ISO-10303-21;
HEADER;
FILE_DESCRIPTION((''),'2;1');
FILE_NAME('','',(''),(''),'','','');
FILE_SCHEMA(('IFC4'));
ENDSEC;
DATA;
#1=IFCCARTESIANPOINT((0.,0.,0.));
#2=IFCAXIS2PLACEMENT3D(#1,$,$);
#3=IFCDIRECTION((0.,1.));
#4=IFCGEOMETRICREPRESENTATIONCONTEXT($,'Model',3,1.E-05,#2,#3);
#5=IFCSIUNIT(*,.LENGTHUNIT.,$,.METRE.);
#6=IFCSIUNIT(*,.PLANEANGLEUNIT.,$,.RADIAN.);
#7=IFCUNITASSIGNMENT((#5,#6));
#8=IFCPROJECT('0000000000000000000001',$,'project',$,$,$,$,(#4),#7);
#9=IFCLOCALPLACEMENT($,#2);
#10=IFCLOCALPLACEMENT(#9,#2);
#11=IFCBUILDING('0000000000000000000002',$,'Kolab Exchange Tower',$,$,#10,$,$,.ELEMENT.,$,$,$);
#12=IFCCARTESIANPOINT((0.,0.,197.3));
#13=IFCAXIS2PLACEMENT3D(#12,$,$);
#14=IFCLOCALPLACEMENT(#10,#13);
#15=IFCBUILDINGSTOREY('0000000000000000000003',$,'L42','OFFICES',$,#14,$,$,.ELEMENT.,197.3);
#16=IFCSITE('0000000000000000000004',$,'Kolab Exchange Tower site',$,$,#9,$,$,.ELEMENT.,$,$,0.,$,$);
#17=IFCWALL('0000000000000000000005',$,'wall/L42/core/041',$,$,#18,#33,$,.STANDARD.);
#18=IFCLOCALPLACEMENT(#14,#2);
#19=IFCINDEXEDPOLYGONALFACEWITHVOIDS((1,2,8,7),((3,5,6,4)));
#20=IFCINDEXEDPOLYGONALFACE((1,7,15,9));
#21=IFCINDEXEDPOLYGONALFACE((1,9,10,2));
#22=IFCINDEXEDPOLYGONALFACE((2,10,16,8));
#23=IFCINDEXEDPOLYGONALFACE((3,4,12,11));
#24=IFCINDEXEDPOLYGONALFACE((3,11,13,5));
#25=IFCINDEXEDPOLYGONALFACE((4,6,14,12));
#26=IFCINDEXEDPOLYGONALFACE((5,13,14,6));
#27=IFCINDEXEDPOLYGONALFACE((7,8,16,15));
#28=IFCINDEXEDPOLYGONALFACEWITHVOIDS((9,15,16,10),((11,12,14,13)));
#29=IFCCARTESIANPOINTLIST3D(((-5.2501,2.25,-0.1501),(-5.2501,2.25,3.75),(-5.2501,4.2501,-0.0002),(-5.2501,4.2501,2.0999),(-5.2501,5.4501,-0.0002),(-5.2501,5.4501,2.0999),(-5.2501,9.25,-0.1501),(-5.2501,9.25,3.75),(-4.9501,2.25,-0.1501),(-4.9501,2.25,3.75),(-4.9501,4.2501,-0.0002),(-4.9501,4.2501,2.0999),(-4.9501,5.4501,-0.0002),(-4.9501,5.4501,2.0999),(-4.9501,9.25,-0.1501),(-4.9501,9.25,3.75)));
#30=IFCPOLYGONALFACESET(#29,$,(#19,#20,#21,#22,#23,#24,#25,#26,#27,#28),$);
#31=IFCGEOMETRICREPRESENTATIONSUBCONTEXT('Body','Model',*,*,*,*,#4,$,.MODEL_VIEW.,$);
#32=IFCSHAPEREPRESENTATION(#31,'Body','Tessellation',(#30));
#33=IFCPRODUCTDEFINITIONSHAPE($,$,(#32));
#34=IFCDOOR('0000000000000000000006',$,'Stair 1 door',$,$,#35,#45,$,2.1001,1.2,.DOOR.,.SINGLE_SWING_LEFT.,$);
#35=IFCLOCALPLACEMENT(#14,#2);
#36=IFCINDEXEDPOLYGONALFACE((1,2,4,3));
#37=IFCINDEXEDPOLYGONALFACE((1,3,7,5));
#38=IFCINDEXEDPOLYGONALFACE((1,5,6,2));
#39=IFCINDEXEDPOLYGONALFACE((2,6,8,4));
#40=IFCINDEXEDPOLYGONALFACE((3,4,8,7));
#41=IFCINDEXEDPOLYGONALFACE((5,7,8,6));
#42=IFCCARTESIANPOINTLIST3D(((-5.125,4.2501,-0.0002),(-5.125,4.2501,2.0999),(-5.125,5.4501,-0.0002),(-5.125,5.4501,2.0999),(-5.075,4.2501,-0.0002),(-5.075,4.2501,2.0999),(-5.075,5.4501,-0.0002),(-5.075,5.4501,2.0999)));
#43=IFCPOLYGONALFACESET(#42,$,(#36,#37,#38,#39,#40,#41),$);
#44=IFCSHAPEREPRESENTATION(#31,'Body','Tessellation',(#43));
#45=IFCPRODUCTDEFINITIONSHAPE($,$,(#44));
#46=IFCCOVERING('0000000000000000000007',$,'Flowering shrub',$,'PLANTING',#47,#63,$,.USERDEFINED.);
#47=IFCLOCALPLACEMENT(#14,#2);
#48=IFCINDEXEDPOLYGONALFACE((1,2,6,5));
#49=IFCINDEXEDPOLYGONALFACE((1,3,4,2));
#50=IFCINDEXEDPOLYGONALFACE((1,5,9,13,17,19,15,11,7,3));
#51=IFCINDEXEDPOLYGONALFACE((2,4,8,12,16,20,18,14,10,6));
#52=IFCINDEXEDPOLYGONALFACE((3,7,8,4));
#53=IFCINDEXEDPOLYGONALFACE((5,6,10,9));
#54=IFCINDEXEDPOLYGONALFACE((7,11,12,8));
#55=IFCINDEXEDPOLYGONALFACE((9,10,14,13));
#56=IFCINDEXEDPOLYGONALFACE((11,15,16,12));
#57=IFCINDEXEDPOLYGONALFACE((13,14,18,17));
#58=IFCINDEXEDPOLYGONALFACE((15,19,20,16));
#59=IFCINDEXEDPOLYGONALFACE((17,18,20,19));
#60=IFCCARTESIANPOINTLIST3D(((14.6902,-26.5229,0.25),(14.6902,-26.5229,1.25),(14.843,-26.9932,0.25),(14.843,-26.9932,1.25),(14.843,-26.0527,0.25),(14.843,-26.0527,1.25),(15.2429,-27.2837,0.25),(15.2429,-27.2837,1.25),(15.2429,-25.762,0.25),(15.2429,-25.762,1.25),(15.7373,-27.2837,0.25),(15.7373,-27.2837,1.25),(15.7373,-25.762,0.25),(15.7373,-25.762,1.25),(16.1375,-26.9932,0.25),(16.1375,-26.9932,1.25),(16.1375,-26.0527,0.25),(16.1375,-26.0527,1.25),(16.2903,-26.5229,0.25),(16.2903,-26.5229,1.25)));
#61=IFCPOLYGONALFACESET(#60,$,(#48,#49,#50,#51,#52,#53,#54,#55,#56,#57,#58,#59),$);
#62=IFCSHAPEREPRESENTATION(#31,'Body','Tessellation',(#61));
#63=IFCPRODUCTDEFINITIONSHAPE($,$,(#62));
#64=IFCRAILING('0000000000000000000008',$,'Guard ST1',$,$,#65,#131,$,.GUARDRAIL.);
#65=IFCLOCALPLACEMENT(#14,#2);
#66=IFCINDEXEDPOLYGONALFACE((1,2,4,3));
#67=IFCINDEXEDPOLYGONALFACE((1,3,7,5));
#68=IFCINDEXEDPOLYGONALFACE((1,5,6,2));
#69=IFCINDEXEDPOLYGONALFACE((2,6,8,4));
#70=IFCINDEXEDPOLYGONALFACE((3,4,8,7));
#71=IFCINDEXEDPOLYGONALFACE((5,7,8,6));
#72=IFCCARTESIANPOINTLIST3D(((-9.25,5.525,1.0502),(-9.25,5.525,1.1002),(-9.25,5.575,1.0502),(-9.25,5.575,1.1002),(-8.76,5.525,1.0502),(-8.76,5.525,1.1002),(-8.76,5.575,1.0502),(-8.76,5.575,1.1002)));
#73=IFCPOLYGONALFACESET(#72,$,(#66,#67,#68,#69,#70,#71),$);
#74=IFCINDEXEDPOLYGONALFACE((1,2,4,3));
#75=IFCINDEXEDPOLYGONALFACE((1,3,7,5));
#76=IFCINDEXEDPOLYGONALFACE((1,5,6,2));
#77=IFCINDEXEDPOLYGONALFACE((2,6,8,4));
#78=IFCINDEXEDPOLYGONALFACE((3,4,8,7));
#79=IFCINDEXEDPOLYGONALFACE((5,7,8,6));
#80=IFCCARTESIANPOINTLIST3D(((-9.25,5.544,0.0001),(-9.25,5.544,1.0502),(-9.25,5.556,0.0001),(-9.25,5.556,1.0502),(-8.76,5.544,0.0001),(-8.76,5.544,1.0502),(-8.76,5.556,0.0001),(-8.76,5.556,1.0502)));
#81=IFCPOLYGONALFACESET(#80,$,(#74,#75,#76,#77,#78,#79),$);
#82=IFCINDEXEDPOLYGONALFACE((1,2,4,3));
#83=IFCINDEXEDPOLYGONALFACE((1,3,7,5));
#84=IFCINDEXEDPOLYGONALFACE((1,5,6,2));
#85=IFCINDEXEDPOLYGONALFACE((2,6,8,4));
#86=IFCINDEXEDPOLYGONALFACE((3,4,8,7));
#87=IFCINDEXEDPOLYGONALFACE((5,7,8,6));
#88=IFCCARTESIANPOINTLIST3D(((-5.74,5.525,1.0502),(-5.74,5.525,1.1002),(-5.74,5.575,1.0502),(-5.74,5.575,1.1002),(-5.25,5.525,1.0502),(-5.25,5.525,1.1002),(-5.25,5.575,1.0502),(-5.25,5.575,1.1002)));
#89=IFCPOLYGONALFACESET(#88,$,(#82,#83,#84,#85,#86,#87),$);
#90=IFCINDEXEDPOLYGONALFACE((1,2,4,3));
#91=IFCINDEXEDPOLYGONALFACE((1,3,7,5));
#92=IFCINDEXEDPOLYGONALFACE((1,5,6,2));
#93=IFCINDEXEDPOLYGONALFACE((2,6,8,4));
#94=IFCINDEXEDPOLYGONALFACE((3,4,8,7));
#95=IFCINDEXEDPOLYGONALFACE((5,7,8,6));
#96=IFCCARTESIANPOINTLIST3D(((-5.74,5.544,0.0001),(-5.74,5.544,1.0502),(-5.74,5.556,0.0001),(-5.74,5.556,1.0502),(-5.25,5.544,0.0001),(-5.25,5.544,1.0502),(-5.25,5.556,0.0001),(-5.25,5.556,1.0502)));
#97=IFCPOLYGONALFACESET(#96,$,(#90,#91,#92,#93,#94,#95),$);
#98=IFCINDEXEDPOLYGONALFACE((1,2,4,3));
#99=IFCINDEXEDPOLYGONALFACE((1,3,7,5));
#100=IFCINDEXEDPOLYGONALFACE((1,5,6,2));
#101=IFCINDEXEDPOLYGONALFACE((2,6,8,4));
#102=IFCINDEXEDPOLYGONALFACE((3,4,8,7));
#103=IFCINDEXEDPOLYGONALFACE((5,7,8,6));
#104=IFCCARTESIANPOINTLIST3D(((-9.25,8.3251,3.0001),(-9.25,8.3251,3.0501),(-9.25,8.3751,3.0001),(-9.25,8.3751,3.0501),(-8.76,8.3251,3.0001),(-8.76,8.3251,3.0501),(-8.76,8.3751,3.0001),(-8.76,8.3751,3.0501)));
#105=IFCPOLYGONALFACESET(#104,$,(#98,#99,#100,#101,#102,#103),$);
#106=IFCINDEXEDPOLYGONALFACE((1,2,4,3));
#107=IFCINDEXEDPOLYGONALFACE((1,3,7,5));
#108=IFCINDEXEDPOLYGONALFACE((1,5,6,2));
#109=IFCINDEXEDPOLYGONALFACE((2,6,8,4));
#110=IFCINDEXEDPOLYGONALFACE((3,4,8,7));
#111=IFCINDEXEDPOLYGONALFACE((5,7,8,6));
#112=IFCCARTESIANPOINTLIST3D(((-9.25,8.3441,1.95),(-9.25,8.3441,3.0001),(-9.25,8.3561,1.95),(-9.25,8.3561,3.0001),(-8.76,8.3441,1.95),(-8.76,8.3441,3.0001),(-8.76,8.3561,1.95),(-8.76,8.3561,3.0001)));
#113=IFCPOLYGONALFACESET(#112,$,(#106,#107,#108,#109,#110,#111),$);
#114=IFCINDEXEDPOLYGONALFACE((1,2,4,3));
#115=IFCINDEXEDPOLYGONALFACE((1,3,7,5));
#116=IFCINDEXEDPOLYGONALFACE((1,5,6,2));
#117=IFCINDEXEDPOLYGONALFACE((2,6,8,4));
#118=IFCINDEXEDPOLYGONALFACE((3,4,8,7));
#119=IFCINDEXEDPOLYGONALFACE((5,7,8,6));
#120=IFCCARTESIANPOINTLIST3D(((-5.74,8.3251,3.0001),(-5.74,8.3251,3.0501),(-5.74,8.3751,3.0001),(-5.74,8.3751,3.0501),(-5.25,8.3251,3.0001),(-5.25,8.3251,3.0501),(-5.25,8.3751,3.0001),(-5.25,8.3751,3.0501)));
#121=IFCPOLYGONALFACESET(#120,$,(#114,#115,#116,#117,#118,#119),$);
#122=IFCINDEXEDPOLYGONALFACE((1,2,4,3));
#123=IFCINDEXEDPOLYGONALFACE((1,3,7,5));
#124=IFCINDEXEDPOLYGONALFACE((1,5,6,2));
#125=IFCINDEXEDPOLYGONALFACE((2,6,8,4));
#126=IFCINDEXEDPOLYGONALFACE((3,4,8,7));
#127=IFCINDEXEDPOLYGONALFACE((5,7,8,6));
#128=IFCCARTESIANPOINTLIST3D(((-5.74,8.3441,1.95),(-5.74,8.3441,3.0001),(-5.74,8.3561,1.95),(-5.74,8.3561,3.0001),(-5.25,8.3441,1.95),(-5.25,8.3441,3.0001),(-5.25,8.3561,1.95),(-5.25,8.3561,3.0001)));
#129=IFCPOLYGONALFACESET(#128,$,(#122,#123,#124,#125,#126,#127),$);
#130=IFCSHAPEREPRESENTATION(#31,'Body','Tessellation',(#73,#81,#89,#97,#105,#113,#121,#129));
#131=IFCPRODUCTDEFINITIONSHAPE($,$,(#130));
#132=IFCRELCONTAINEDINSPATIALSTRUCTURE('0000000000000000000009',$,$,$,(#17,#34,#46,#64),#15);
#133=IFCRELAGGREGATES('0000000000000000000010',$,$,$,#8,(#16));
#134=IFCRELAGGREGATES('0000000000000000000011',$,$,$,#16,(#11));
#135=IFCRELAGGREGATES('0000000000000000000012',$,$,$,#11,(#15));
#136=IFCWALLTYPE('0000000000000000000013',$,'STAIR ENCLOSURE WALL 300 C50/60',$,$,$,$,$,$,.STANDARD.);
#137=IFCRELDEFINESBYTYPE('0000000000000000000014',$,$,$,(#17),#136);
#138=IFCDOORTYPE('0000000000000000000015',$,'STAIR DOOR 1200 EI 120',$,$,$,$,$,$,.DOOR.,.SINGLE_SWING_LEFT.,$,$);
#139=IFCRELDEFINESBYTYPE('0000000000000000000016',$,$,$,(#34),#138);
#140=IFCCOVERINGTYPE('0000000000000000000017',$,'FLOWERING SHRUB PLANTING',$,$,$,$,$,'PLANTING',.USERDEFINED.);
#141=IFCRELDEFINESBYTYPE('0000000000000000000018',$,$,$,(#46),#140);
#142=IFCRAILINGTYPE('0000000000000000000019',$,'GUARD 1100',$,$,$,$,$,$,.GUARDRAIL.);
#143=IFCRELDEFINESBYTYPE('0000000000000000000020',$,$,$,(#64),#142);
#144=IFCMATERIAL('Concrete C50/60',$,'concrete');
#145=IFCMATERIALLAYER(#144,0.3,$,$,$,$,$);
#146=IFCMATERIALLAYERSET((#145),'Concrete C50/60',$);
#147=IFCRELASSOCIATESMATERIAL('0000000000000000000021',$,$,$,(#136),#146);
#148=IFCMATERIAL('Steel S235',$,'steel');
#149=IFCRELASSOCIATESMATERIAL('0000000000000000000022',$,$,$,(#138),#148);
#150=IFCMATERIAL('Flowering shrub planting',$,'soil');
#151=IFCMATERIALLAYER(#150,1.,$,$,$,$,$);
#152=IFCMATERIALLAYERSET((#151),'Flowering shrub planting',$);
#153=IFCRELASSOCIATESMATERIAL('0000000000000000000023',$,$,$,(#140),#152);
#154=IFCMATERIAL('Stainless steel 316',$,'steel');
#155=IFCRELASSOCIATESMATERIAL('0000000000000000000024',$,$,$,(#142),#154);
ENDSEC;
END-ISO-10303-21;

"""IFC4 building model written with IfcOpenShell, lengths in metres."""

from ifc_helpers import new_model, si_unit, direction, frame, frame_2d, origin, origin_2d, place, context, subcontext, project, spatial, polyline, rectangle, outline, extrude, material, layer, layer_set, type_object, element, fill, save


model = new_model("IFC4")

# Units and contexts
model_context = context("Model", 3, precision=1e-05, world=origin(), true_north=direction((0.0, 1.0)))
body_context = subcontext(model_context, "Body", "Model", "MODEL_VIEW")
ifc_project = project(units=[si_unit("LENGTHUNIT", "METRE"), si_unit("PLANEANGLEUNIT", "RADIAN")], contexts=[model_context])

# Site, building, storey
site_placement = place(None, origin())
site = spatial("IfcSite", under=ifc_project, at=site_placement, Name="Kolab Exchange Tower site", CompositionType="ELEMENT", RefElevation=0.0)
building_placement = place(site_placement, origin())
building = spatial("IfcBuilding", under=site, at=building_placement, Name="Kolab Exchange Tower", CompositionType="ELEMENT")
storey_placement = place(building_placement, frame((0.0, 0.0, 197.3)))
storey = spatial("IfcBuildingStorey", under=building, at=storey_placement, Name="L42", Description="OFFICES", CompositionType="ELEMENT", Elevation=197.3)

# Shared definitions
ifc_material_1 = material(Name="Concrete C50/60", Category="concrete")

# Shared definitions
ifc_material_2 = material(Name="Stainless steel 316", Category="steel")
ifc_material_3 = material(Name="Steel S235", Category="steel")

# Shared definitions
ifc_layer_1 = layer(ifc_material_1, 0.3)
ifc_layer_set_1 = layer_set([ifc_layer_1], Name="Concrete C50/60")
wall_type_1 = type_object("IfcWallType", Name="STAIR ENCLOSURE WALL 300 C50/60", PredefinedType="STANDARD", material=ifc_layer_set_1)

# Shared definitions
door_type_1 = type_object("IfcDoorType", Name="STAIR DOOR 1200 EI 120", OperationType="SINGLE_SWING_LEFT", PredefinedType="DOOR", material=ifc_material_3)

# Wall, opening, door
wall_1_placement = place(storey_placement, frame((-5.1001, 2.25, -0.1501), z_axis=(0.0, 0.0, 1.0), x_axis=(0.0, 1.0, 0.0)))
wall_1 = element("IfcWall", 1, at=wall_1_placement, inside=storey, type_object=wall_type_1, Name="wall/L42/core/041", PredefinedType="STANDARD", context=body_context, shape_type="SweptSolid", body=[
    extrude(rectangle(XDim=7.0, YDim=0.3, at=frame_2d((3.5, 0.0))), origin(), (0.0, 0.0, 1.0), 3.9001),
])
opening_1_placement = place(wall_1_placement, frame((2.0, 0.0, 0.1499)))
opening_1 = element("IfcOpeningElement", 2, at=opening_1_placement, cuts=wall_1, PredefinedType="OPENING", context=body_context, shape_type="SweptSolid", body=[
    extrude(rectangle(XDim=1.2, YDim=2.1001, at=frame_2d((0.6001, 1.05))), frame((0.0, 0.1602, 0.0), z_axis=(0.0, -1.0, 0.0), x_axis=(1.0, 0.0, 0.0)), (0.0, 0.0, 1.0), 0.3201),
])
door_1_placement = place(opening_1_placement, origin())
door_1 = element("IfcDoor", 3, at=door_1_placement, inside=storey, type_object=door_type_1, Name="Stair 1 door", OperationType="SINGLE_SWING_LEFT", OverallHeight=2.1001, OverallWidth=1.2, PredefinedType="DOOR", context=body_context, shape_type="SweptSolid", body=[
    extrude(rectangle(XDim=1.2, YDim=2.1001, at=frame_2d((0.6001, 1.05))), frame((0.0, 0.0249, 0.0), z_axis=(0.0, -1.0, 0.0), x_axis=(1.0, 0.0, 0.0)), (0.0, 0.0, 1.0), 0.05),
])
fill(opening_1, door_1)

# Covering
ifc_material_4 = material(Name="Flowering shrub planting", Category="soil")
ifc_layer_2 = layer(ifc_material_4, 1.0)
ifc_layer_set_2 = layer_set([ifc_layer_2], Name="Flowering shrub planting")
covering_type_1 = type_object("IfcCoveringType", Name="FLOWERING SHRUB PLANTING", ElementType="PLANTING", PredefinedType="USERDEFINED", material=ifc_layer_set_2)
covering_1_placement = place(storey_placement, frame((0.0, 0.0, 0.25)))
element("IfcCovering", 4, at=covering_1_placement, inside=storey, type_object=covering_type_1, Name="Flowering shrub", ObjectType="PLANTING", PredefinedType="USERDEFINED", context=body_context, shape_type="SweptSolid", body=[
    extrude(outline(polyline([(16.2903, -26.5229), (16.1375, -26.0527), (15.7373, -25.762), (15.2429, -25.762), (14.843, -26.0527), (14.6902, -26.5229), (14.843, -26.9932), (15.2429, -27.2837), (15.7373, -27.2837), (16.1375, -26.9932), (16.2903, -26.5229)])), origin(), (0.0, 0.0, 1.0), 1.0),
])

# Railing
railing_type = type_object("IfcRailingType", Name="GUARD 1100", PredefinedType="GUARDRAIL", material=ifc_material_2)
railing_placement = place(storey_placement, frame((-9.25, 5.55, 0.0)))
element("IfcRailing", 5, at=railing_placement, inside=storey, type_object=railing_type, Name="Guard ST1", PredefinedType="GUARDRAIL", context=body_context, shape_type="SweptSolid", body=[
    extrude(rectangle(XDim=0.05, YDim=0.05, at=origin_2d()), frame((0.0, 0.0, 1.0752), z_axis=(1.0, 0.0, 0.0), x_axis=(0.0, 1.0, 0.0)), (0.0, 0.0, 1.0), 0.49),
    extrude(rectangle(XDim=0.012, YDim=1.0501, at=frame_2d((0.0, 0.5251))), frame((0.0, 0.0, 0.0), z_axis=(1.0, 0.0, 0.0), x_axis=(0.0, 1.0, 0.0)), (0.0, 0.0, 1.0), 0.49),
    extrude(rectangle(XDim=0.05, YDim=0.05, at=origin_2d()), frame((3.51, 0.0, 1.0752), z_axis=(1.0, 0.0, 0.0), x_axis=(0.0, 1.0, 0.0)), (0.0, 0.0, 1.0), 0.49),
    extrude(rectangle(XDim=0.012, YDim=1.0501, at=frame_2d((0.0, 0.5251))), frame((3.51, 0.0, 0.0), z_axis=(1.0, 0.0, 0.0), x_axis=(0.0, 1.0, 0.0)), (0.0, 0.0, 1.0), 0.49),
    extrude(rectangle(XDim=0.05, YDim=0.05, at=origin_2d()), frame((0.0, 2.8, 3.0251), z_axis=(1.0, 0.0, 0.0), x_axis=(0.0, 1.0, 0.0)), (0.0, 0.0, 1.0), 0.49),
    extrude(rectangle(XDim=0.012, YDim=1.0501, at=frame_2d((0.0, 0.5251))), frame((0.0, 2.8, 1.95), z_axis=(1.0, 0.0, 0.0), x_axis=(0.0, 1.0, 0.0)), (0.0, 0.0, 1.0), 0.49),
    extrude(rectangle(XDim=0.05, YDim=0.05, at=origin_2d()), frame((3.51, 2.8, 3.0251), z_axis=(1.0, 0.0, 0.0), x_axis=(0.0, 1.0, 0.0)), (0.0, 0.0, 1.0), 0.49),
    extrude(rectangle(XDim=0.012, YDim=1.0501, at=frame_2d((0.0, 0.5251))), frame((3.51, 2.8, 1.95), z_axis=(1.0, 0.0, 0.0), x_axis=(0.0, 1.0, 0.0)), (0.0, 0.0, 1.0), 0.49),
])

save(model, "model.ifc")
